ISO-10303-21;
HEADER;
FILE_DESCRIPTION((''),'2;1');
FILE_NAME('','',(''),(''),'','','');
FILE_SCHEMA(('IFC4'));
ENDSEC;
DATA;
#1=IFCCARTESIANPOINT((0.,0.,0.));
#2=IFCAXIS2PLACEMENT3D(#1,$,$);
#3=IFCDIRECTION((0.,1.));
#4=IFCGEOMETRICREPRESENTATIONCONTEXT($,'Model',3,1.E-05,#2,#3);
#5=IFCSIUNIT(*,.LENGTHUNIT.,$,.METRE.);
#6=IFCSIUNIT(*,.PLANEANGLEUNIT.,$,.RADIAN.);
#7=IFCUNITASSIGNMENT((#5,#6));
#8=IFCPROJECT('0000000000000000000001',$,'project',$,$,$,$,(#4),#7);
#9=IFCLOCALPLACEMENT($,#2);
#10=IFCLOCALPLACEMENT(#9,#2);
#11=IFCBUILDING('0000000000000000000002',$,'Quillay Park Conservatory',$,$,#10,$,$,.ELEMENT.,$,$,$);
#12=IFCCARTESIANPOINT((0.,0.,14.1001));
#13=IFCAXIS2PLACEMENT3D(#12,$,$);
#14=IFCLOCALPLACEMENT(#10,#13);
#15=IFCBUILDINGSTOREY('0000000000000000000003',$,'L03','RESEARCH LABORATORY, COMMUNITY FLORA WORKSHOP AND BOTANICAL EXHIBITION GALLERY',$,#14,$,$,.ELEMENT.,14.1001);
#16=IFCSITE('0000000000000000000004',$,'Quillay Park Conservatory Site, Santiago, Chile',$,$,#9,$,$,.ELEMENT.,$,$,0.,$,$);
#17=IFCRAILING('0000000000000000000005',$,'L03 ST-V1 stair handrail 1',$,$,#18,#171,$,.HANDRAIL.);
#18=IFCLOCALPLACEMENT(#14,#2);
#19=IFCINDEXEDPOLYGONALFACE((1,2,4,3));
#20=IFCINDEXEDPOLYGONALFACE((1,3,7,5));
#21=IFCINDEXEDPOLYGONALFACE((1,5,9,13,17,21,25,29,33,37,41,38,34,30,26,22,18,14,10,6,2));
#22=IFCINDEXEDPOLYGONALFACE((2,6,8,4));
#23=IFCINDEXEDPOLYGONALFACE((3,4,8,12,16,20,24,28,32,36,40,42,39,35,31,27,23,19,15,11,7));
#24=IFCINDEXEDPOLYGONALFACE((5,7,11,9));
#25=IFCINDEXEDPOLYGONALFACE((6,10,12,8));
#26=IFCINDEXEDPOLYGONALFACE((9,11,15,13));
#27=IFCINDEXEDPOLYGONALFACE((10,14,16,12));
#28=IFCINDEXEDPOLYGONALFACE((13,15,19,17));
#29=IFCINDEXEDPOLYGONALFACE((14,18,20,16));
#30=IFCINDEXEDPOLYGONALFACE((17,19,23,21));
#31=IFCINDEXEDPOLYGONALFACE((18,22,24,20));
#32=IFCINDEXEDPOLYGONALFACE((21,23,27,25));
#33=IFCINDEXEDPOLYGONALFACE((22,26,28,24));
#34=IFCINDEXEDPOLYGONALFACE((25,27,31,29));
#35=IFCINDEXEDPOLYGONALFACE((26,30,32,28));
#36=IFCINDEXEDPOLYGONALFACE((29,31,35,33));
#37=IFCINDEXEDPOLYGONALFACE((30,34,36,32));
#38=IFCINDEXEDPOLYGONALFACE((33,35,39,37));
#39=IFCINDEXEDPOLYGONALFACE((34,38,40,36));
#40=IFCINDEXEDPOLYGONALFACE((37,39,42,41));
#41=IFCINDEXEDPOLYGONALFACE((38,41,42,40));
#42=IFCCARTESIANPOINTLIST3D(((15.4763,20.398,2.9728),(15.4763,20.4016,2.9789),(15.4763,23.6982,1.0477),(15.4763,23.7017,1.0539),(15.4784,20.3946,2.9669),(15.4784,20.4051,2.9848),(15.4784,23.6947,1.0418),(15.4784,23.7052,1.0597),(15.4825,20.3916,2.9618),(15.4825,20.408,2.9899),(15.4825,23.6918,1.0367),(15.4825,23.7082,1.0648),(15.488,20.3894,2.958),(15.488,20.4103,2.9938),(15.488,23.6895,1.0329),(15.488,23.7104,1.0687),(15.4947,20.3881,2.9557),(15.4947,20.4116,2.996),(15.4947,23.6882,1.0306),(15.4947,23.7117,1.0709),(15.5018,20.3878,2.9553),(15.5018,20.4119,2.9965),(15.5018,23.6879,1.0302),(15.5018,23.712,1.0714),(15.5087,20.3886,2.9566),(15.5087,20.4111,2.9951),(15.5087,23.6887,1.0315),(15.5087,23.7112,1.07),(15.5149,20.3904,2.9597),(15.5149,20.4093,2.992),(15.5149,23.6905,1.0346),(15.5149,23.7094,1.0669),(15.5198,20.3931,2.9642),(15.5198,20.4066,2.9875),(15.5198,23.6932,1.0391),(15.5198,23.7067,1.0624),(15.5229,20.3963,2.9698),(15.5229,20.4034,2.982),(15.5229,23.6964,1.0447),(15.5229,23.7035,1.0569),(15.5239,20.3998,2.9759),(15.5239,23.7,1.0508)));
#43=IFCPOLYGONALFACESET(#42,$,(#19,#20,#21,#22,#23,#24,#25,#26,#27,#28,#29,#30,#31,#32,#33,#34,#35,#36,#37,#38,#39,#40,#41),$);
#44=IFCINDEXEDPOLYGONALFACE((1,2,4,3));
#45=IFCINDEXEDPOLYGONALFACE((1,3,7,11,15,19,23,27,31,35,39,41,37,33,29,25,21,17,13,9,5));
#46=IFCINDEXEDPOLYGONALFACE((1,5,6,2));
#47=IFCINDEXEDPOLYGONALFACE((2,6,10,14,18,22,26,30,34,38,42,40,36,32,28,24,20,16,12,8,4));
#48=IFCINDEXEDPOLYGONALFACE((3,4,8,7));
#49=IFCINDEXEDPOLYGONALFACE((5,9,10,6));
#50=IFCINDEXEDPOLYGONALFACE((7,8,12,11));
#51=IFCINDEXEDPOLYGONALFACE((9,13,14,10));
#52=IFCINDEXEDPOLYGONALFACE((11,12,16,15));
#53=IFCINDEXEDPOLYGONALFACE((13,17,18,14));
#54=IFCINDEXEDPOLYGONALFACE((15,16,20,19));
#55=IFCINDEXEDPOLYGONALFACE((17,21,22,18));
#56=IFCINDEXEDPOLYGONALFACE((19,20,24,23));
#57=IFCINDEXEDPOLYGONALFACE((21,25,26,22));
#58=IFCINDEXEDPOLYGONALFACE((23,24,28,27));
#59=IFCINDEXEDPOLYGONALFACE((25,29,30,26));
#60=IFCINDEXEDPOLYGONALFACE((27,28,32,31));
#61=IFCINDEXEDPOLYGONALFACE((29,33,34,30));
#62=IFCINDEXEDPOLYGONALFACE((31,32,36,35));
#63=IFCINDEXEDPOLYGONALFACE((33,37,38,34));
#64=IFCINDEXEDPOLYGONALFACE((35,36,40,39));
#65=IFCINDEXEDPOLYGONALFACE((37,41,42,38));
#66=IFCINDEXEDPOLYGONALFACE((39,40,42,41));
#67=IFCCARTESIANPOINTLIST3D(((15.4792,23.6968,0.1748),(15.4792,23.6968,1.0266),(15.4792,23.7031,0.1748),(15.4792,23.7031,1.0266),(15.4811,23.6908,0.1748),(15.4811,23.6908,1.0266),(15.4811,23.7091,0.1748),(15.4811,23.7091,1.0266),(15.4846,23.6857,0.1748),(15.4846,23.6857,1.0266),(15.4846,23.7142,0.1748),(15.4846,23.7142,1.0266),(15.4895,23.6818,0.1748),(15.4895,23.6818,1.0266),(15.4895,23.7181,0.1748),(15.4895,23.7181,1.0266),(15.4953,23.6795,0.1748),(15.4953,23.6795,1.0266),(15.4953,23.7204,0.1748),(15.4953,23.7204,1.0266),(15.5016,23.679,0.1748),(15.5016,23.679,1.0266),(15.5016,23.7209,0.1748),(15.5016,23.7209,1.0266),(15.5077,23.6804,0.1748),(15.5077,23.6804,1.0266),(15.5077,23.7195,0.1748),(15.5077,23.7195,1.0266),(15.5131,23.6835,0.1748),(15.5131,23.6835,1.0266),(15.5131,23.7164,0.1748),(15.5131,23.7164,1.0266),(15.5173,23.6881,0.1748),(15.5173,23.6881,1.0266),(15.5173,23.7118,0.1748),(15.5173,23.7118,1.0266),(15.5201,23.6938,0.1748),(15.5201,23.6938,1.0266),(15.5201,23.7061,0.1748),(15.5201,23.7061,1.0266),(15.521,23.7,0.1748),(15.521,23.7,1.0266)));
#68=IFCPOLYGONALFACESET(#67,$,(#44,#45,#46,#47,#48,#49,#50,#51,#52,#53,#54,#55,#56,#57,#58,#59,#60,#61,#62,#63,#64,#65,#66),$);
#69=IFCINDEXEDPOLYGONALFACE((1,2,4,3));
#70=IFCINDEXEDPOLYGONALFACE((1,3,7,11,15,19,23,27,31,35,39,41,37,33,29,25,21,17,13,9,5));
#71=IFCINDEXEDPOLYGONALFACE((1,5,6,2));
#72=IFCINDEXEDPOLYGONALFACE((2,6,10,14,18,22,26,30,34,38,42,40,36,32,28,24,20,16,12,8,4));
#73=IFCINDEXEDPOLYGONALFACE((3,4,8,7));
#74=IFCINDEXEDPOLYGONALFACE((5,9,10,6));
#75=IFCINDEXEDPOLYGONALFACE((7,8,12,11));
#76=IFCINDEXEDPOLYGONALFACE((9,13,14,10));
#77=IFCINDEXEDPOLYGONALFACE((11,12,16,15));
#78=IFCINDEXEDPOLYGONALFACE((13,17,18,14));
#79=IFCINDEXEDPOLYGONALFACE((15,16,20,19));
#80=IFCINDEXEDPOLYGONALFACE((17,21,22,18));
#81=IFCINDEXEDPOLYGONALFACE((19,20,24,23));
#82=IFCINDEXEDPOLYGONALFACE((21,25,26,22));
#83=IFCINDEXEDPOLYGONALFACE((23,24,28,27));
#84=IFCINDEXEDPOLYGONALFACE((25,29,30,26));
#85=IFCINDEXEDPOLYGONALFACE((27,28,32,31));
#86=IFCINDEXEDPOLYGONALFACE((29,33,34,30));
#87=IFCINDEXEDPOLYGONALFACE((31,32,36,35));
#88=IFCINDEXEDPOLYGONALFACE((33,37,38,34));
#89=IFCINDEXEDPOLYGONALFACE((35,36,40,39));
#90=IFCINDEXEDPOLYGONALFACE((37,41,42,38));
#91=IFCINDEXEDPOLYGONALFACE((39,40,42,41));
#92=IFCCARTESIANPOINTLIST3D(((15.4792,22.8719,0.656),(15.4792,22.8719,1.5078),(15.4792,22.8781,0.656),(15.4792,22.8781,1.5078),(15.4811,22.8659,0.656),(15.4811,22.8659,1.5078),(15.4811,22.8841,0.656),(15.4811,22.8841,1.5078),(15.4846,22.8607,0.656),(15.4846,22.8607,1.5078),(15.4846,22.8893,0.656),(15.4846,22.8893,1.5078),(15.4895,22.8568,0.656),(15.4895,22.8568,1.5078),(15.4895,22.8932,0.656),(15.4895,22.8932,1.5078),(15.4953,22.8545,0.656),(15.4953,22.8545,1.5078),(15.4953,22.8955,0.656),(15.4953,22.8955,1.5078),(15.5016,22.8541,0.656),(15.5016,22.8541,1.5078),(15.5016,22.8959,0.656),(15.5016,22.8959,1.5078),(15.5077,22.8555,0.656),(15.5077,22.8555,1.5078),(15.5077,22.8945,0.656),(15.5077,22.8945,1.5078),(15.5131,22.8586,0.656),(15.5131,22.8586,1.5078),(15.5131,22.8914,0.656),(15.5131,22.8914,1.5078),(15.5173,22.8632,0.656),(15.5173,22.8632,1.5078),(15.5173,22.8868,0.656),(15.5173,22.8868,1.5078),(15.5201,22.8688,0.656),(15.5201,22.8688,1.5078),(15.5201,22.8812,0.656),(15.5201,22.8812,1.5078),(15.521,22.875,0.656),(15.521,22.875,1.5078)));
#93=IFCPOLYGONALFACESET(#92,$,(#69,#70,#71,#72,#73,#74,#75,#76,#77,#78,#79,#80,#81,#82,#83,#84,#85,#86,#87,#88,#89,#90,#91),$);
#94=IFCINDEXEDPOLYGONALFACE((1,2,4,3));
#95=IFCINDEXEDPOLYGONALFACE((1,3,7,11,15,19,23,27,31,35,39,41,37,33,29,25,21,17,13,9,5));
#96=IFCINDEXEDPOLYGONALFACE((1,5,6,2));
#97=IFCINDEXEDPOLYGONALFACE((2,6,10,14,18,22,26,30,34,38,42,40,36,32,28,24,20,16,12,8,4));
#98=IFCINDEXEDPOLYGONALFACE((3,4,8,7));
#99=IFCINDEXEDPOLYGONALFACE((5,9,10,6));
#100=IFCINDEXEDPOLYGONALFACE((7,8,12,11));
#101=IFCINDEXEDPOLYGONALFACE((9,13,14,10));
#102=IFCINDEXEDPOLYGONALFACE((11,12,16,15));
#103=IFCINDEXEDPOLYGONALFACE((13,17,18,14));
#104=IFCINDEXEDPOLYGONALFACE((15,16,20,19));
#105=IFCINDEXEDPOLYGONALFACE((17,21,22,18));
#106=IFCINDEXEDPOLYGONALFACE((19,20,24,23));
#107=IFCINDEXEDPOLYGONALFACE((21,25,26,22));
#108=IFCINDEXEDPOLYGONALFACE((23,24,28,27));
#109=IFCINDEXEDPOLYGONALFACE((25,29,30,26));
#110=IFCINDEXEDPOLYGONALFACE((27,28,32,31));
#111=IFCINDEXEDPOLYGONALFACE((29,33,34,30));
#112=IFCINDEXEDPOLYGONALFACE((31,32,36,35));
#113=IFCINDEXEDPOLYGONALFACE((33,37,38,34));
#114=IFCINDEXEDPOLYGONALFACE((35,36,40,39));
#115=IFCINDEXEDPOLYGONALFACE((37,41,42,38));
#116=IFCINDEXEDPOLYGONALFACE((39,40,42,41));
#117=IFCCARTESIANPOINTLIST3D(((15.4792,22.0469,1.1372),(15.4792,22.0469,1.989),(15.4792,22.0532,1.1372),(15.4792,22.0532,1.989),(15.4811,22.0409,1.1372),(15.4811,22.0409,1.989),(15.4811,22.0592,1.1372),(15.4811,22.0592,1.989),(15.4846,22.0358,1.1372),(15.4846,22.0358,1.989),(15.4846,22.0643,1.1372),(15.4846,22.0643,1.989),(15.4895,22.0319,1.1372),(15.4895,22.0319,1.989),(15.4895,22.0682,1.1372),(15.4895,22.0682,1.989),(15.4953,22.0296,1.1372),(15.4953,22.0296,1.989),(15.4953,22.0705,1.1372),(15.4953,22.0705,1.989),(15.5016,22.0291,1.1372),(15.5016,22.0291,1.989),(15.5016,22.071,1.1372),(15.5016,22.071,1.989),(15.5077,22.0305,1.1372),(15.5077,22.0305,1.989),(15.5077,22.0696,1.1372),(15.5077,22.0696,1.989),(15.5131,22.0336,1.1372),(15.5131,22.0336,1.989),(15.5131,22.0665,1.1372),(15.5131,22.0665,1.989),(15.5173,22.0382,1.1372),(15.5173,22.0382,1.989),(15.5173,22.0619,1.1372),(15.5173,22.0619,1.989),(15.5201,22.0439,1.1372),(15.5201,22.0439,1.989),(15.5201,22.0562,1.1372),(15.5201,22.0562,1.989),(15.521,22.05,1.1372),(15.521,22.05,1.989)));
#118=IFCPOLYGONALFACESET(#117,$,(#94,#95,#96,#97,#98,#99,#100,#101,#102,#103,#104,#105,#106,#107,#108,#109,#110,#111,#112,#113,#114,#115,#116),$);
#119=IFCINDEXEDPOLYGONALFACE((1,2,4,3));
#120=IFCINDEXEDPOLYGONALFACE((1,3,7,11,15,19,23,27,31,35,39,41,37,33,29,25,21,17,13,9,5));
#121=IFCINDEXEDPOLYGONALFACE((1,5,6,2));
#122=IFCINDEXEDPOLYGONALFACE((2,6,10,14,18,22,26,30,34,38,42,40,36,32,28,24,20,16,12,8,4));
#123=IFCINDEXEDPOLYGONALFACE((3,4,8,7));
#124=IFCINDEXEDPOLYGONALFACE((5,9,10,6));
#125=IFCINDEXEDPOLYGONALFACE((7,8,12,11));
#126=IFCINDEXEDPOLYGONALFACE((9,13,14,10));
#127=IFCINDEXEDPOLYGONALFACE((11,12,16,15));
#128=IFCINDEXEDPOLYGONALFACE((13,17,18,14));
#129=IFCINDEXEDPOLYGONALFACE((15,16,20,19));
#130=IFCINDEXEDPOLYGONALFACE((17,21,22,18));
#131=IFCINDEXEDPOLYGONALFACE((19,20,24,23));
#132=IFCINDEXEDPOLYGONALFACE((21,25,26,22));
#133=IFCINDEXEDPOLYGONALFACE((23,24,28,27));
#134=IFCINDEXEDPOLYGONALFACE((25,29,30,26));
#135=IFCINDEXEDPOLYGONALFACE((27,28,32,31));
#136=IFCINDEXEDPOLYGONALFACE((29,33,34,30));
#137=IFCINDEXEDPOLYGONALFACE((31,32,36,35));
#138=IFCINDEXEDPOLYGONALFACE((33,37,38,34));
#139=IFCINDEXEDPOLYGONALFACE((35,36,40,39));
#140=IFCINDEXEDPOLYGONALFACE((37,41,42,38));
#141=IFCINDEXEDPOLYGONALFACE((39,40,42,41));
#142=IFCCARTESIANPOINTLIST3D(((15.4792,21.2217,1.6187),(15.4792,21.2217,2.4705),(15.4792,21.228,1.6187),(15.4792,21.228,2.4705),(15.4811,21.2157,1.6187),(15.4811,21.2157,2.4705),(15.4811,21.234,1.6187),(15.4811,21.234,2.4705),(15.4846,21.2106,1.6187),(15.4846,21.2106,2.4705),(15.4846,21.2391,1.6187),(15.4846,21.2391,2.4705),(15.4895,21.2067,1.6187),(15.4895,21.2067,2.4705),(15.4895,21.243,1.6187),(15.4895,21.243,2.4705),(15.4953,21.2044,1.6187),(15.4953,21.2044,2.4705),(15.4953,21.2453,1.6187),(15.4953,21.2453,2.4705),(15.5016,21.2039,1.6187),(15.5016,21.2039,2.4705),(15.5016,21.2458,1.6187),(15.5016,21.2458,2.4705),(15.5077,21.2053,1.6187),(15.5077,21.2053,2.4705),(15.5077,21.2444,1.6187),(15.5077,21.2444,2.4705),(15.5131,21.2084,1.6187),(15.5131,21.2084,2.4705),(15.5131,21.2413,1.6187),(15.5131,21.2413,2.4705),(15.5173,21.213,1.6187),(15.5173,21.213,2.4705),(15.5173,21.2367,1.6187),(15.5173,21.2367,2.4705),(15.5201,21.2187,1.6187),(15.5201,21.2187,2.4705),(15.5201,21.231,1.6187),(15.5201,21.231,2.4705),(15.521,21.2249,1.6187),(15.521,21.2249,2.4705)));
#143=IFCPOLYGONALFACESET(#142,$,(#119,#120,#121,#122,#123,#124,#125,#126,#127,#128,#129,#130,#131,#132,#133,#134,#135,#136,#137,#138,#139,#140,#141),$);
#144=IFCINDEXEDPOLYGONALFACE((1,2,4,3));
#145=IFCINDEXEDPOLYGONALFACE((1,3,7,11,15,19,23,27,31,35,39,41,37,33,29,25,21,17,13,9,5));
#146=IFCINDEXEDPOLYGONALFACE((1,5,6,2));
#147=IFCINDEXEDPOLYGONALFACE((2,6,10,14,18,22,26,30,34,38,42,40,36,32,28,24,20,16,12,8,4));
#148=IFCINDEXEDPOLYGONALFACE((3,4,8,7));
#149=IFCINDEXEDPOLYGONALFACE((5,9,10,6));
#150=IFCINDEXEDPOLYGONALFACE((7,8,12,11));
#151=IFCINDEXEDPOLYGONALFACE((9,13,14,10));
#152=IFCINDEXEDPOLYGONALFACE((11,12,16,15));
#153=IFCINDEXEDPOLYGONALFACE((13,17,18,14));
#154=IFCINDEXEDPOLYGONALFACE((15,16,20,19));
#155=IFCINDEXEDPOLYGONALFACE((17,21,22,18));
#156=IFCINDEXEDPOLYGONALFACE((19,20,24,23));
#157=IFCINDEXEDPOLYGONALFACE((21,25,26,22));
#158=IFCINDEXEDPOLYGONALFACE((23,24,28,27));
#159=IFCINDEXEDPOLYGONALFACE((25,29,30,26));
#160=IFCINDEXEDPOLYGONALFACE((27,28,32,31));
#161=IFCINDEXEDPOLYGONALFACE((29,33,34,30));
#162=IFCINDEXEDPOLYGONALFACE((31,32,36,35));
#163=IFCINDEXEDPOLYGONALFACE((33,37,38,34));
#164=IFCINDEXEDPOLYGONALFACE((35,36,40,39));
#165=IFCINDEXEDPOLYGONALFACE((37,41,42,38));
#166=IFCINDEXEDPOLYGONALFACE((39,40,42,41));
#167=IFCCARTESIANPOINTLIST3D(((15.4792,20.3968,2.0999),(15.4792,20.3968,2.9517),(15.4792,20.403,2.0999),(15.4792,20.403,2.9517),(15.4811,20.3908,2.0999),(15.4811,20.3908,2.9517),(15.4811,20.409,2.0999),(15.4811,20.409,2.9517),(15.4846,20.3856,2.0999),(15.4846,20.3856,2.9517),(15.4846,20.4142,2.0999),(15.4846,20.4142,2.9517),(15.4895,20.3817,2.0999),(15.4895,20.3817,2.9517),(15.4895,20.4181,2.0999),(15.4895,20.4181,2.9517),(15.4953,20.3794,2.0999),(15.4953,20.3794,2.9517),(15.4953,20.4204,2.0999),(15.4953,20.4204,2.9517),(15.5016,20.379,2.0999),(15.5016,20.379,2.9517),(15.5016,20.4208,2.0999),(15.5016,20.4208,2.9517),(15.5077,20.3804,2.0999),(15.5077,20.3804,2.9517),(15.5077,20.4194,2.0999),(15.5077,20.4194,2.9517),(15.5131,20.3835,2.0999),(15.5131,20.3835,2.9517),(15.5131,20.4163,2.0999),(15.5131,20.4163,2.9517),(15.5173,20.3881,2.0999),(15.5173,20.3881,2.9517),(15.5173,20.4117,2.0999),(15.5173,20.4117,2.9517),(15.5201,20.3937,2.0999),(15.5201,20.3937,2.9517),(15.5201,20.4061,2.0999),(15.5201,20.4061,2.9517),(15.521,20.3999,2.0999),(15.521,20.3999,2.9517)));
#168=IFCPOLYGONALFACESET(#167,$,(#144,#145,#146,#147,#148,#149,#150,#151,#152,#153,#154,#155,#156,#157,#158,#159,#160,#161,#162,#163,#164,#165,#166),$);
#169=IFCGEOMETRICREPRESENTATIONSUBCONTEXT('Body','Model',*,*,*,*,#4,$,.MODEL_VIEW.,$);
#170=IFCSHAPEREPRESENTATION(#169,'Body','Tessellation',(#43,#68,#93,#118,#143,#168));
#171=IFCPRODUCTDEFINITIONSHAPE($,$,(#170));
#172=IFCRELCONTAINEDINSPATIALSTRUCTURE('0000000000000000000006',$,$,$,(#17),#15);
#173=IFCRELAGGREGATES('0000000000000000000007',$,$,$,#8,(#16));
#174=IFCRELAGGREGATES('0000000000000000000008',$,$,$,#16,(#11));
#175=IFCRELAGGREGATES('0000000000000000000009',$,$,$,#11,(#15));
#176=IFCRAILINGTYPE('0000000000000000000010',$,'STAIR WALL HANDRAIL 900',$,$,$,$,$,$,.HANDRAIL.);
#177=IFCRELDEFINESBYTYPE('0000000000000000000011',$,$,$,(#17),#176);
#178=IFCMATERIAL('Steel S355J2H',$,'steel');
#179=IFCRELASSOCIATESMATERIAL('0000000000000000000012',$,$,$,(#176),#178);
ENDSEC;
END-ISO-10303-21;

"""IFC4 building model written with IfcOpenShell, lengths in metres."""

from ifc_helpers import new_model, si_unit, direction, frame, origin, origin_2d, place, context, subcontext, project, spatial, circle, extrude, material, type_object, element, save


model = new_model("IFC4")

# Units and contexts
model_context = context("Model", 3, precision=1e-05, world=origin(), true_north=direction((0.0, 1.0)))
body_context = subcontext(model_context, "Body", "Model", "MODEL_VIEW")
ifc_project = project(units=[si_unit("LENGTHUNIT", "METRE"), si_unit("PLANEANGLEUNIT", "RADIAN")], contexts=[model_context])

# Site, building, storey
site_placement = place(None, origin())
site = spatial("IfcSite", under=ifc_project, at=site_placement, Name="Quillay Park Conservatory Site, Santiago, Chile", CompositionType="ELEMENT", RefElevation=0.0)
building_placement = place(site_placement, origin())
building = spatial("IfcBuilding", under=site, at=building_placement, Name="Quillay Park Conservatory", CompositionType="ELEMENT")
storey_placement = place(building_placement, frame((0.0, 0.0, 14.1001)))
storey = spatial("IfcBuildingStorey", under=building, at=storey_placement, Name="L03", Description="RESEARCH LABORATORY, COMMUNITY FLORA WORKSHOP AND BOTANICAL EXHIBITION GALLERY", CompositionType="ELEMENT", Elevation=14.1001)

# Railing
ifc_material_1 = material(Name="Steel S355J2H", Category="steel")
railing_type_1 = type_object("IfcRailingType", Name="STAIR WALL HANDRAIL 900", PredefinedType="HANDRAIL", material=ifc_material_1)
railing_1_placement = place(storey_placement, frame((15.5, 23.7, 0.1748)))
element("IfcRailing", 1, at=railing_1_placement, inside=storey, type_object=railing_type_1, Name="L03 ST-V1 stair handrail 1", PredefinedType="HANDRAIL", context=body_context, shape_type="SweptSolid", body=[
    extrude(circle(Radius=0.0239, at=origin_2d()), frame((0.0, 0.0, 0.876), z_axis=(0.0, -0.863777, 0.503875), x_axis=(1.0, 0.0, 0.0)), (0.0, 0.0, 1.0), 3.8206),
    extrude(circle(Radius=0.021, at=origin_2d()), origin(), (0.0, 0.0, 1.0), 0.8518),
    extrude(circle(Radius=0.021, at=origin_2d()), frame((0.0, -0.825, 0.4812)), (0.0, 0.0, 1.0), 0.8518),
    extrude(circle(Radius=0.021, at=origin_2d()), frame((0.0, -1.6499, 0.9624)), (0.0, 0.0, 1.0), 0.8518),
    extrude(circle(Radius=0.021, at=origin_2d()), frame((0.0, -2.4751, 1.4438)), (0.0, 0.0, 1.0), 0.8518),
    extrude(circle(Radius=0.021, at=origin_2d()), frame((0.0, -3.3, 1.925)), (0.0, 0.0, 1.0), 0.8518),
])

save(model, "model.ifc")
